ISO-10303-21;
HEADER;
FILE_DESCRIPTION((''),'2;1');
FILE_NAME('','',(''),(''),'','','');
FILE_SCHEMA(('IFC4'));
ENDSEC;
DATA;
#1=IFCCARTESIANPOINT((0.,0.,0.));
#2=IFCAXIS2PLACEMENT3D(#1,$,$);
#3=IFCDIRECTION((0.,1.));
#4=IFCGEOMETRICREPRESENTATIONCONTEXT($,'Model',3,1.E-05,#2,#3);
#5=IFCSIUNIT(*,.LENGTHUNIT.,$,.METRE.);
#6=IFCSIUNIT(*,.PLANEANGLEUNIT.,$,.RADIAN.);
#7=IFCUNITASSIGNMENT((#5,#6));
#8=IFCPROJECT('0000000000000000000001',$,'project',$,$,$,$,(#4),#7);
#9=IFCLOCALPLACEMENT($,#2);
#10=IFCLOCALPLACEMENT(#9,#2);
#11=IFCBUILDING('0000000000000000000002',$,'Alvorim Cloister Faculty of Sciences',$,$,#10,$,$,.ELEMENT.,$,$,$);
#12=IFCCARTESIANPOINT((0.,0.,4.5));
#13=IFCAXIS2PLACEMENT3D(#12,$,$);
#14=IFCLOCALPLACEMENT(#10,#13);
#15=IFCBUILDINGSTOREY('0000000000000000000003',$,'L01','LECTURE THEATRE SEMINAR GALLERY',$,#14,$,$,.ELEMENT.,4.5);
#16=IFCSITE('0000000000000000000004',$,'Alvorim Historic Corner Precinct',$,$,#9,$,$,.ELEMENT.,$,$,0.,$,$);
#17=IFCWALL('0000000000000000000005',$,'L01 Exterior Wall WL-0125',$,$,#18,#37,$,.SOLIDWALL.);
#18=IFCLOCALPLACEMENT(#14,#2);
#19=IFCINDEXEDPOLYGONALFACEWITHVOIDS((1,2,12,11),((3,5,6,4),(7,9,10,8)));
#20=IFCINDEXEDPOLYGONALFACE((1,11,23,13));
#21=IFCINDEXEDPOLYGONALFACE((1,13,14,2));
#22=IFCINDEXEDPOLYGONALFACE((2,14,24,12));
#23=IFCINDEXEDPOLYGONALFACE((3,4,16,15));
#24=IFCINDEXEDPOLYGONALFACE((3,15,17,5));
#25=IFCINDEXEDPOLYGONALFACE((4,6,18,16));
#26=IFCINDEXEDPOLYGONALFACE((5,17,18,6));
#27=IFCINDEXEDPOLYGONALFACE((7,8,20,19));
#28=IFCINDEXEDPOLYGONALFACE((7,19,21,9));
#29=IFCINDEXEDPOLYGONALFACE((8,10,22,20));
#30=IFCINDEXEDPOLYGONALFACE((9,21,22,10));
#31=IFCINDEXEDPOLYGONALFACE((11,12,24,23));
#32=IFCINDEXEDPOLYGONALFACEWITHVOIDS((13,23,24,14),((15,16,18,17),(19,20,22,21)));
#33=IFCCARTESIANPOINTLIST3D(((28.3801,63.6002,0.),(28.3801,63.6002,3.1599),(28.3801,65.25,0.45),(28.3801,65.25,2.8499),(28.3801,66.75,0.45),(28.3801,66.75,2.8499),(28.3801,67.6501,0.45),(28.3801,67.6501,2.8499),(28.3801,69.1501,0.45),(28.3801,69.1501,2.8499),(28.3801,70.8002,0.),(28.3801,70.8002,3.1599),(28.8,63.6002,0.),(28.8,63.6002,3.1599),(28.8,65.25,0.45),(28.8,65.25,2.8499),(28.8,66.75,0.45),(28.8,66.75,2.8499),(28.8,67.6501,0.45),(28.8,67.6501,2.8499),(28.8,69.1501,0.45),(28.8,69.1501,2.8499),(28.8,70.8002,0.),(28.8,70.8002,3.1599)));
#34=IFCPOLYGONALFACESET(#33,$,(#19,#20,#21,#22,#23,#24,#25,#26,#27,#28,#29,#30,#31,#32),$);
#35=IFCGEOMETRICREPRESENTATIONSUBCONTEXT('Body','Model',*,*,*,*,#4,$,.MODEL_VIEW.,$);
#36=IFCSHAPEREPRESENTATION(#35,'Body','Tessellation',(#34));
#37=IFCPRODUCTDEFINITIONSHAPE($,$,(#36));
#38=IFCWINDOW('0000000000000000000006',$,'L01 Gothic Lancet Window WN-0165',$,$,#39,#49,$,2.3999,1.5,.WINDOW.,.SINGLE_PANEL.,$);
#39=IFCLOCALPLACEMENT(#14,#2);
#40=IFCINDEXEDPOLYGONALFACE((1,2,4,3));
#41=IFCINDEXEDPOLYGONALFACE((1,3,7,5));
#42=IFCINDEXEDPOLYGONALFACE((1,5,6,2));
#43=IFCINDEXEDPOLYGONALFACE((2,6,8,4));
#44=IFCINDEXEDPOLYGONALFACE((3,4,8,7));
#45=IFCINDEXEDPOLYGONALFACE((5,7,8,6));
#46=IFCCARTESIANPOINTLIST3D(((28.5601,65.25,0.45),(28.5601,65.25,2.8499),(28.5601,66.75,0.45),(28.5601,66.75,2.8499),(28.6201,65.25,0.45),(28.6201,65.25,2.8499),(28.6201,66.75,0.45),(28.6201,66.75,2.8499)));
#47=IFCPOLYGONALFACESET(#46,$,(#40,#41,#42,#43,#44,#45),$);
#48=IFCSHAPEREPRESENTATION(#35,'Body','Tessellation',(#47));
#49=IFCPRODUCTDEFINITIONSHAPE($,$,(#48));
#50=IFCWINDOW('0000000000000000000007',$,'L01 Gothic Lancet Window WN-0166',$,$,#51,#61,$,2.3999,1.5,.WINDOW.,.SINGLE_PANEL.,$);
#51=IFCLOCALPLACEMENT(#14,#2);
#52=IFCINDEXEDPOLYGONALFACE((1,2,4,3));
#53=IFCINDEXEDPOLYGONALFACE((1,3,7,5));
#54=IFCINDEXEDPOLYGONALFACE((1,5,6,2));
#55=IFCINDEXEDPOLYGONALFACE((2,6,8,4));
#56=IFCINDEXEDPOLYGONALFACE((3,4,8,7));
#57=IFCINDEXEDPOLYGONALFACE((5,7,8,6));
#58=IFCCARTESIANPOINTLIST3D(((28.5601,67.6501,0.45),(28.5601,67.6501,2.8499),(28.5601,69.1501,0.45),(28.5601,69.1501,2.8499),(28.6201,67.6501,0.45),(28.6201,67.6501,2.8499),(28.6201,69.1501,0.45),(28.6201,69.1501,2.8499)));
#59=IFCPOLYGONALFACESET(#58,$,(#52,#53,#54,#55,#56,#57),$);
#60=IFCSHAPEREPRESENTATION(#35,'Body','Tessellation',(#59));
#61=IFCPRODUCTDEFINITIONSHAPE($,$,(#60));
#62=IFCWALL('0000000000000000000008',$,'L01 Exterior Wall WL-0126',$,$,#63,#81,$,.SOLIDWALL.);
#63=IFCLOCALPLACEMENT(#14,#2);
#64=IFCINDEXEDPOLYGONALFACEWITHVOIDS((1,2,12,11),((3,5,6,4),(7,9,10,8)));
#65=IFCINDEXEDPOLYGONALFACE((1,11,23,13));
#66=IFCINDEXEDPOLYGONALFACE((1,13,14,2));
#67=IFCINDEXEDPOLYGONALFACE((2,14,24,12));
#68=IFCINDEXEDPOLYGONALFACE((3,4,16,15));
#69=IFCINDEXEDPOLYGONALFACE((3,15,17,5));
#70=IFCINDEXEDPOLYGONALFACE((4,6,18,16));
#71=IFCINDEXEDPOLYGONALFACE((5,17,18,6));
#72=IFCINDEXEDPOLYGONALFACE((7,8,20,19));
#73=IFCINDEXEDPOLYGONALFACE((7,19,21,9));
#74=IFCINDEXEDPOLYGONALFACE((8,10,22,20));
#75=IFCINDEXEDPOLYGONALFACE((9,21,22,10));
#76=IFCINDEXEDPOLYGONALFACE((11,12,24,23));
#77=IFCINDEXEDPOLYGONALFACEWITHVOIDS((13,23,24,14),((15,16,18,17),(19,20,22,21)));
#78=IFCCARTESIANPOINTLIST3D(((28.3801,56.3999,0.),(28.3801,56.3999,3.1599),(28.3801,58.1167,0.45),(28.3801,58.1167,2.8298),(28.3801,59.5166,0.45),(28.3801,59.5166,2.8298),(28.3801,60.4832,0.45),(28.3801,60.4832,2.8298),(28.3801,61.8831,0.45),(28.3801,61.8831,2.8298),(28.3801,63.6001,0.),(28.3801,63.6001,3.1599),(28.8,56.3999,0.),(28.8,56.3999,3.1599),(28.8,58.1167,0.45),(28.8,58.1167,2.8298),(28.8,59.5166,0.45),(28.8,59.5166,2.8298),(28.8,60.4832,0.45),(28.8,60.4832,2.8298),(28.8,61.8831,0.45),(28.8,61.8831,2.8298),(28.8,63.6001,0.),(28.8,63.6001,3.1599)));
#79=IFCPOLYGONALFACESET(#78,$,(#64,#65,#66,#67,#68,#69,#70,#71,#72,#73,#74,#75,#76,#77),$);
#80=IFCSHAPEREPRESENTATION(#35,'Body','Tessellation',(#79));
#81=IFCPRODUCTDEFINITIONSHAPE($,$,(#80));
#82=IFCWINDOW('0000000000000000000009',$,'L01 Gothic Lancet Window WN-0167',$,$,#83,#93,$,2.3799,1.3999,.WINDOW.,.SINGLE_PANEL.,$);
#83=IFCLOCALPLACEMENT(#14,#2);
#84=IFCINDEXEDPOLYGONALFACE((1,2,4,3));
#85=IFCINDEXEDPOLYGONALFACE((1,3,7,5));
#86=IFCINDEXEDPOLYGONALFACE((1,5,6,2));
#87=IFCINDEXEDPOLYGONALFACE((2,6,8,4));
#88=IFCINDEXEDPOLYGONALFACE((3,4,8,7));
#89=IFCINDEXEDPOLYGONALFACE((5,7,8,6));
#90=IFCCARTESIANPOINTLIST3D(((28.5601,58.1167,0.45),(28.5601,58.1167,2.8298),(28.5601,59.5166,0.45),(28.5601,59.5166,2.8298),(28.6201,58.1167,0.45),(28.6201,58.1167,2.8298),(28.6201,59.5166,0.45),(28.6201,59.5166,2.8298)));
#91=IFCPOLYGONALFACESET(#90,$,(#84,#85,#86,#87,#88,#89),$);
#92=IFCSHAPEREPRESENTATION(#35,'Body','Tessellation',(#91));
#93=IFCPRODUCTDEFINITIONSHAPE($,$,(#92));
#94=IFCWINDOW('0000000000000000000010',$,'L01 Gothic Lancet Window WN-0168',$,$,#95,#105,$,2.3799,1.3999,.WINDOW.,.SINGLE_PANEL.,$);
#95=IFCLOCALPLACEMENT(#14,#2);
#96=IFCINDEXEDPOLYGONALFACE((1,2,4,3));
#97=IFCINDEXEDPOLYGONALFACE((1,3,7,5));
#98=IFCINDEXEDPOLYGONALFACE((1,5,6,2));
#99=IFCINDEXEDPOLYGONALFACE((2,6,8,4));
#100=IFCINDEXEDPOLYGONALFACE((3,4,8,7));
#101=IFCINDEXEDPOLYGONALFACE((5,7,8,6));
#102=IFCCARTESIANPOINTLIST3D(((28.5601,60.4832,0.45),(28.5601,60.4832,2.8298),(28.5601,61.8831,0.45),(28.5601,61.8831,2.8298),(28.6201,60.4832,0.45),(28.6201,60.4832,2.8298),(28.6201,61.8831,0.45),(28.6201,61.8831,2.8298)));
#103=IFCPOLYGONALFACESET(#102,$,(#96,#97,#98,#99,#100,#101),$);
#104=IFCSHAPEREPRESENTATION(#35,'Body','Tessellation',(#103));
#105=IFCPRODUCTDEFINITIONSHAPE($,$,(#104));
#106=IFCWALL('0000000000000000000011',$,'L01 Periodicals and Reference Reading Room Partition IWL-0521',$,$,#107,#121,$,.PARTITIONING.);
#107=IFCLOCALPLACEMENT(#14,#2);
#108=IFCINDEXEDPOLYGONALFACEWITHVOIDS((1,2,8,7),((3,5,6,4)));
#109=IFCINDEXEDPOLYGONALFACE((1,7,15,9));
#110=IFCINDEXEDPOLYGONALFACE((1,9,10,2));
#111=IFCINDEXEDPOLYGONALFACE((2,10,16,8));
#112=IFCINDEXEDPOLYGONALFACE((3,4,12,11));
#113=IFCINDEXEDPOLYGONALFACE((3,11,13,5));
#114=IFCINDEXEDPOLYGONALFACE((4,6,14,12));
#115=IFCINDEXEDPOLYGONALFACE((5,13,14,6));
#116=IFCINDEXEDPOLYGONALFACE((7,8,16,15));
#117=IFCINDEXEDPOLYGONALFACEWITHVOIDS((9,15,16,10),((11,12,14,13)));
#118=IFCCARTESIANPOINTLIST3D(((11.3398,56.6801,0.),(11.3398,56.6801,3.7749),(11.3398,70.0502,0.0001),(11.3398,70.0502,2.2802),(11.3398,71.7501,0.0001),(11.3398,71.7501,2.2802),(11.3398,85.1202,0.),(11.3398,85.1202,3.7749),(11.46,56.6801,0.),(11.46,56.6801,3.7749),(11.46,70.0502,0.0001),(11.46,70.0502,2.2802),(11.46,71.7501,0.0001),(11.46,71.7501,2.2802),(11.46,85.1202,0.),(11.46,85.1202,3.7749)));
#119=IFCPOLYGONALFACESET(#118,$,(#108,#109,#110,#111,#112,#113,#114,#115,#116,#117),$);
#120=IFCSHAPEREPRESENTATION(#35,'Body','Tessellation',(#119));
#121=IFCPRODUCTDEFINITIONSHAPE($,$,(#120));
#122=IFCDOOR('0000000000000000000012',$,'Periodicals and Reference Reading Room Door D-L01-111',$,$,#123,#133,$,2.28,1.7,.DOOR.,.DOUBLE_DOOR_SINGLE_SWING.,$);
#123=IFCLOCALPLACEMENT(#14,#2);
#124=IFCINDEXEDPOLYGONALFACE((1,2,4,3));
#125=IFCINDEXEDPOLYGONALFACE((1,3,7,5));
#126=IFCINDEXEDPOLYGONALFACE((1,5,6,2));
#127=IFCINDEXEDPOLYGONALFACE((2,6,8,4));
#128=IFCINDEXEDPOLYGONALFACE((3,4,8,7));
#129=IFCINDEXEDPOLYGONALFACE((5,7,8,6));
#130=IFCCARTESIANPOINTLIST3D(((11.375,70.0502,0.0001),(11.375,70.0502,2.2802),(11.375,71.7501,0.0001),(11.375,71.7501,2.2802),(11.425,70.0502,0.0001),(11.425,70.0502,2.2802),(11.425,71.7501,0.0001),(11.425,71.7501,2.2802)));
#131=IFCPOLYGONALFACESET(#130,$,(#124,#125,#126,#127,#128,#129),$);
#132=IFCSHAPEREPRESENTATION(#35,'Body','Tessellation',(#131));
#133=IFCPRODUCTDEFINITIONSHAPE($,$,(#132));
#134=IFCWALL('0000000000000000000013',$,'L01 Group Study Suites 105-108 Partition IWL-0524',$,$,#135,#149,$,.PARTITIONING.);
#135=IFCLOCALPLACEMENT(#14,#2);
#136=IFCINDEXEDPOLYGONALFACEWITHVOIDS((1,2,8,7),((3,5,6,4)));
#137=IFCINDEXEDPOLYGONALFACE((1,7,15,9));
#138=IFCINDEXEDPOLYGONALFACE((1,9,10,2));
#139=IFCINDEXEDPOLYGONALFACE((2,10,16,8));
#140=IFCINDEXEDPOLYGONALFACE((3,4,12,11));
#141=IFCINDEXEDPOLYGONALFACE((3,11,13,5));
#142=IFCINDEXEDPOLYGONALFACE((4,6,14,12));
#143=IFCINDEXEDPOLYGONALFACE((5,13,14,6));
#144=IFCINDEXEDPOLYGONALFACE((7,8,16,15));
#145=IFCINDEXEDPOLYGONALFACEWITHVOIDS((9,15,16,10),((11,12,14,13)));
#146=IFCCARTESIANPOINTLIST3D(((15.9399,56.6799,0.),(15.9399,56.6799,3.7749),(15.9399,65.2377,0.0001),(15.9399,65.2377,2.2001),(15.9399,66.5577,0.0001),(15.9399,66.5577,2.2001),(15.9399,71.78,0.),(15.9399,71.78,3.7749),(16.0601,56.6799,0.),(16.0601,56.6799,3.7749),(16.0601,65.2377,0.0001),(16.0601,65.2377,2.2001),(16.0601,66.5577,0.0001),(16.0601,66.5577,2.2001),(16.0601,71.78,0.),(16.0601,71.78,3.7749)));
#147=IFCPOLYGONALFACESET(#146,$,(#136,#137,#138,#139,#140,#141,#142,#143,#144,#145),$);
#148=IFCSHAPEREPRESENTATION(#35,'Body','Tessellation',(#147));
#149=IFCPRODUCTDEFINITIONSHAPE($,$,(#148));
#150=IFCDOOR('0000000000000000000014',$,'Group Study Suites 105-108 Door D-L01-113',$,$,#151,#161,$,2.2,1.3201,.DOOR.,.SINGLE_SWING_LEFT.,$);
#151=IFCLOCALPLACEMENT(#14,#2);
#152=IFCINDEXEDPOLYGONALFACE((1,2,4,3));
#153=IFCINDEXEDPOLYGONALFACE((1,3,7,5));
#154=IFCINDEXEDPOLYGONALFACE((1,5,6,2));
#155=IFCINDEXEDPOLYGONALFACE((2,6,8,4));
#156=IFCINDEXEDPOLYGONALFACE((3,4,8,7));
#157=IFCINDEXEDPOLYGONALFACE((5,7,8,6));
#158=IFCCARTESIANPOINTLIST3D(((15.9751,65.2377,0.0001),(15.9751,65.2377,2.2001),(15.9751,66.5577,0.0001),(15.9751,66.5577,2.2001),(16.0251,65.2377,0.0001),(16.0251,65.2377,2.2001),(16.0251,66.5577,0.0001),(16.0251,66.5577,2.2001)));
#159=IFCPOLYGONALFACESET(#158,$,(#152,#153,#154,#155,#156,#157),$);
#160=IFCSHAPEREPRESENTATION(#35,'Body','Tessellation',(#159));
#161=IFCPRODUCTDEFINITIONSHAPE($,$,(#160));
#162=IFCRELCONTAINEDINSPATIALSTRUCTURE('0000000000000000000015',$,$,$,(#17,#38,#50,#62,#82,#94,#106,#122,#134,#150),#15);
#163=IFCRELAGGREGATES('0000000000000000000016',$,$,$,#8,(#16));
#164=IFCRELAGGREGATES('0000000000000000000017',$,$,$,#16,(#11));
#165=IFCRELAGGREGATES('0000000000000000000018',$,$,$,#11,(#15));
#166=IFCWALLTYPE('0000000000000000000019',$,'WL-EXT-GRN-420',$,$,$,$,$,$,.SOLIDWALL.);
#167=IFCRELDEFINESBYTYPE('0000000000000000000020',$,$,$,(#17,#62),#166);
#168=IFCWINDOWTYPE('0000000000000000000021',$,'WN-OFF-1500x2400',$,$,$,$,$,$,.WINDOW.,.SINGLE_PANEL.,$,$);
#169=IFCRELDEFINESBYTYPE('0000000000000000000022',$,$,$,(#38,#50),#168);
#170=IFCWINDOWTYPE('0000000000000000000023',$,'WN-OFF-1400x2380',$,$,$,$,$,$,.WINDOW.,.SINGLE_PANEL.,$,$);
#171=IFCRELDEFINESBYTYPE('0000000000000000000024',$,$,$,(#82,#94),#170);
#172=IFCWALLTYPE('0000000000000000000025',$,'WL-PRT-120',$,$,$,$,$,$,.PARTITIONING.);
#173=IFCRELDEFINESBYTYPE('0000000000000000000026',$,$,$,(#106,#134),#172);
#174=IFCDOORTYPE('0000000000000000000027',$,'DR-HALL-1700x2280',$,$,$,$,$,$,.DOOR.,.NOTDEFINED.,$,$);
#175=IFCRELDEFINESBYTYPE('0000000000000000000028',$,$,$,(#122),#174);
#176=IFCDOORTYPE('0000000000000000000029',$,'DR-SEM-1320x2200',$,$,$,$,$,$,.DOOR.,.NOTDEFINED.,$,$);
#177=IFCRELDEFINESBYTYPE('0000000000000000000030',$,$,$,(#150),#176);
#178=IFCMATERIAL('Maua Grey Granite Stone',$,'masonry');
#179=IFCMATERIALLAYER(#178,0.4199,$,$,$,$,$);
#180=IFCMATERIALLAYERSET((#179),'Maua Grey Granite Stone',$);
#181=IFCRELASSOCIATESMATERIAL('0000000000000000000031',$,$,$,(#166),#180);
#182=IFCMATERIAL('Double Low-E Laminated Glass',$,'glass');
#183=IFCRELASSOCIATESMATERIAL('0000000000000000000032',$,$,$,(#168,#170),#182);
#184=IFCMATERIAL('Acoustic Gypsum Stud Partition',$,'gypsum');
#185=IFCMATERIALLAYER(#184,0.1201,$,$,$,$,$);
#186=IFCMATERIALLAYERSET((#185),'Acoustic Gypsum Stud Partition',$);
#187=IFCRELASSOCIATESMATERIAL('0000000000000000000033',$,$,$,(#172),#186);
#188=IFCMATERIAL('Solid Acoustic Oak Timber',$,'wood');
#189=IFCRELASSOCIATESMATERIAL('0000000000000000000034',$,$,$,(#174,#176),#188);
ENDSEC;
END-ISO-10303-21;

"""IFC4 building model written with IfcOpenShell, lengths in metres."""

from ifc_helpers import new_model, si_unit, direction, frame, frame_2d, origin, place, context, subcontext, project, spatial, rectangle, extrude, material, layer, layer_set, type_object, element, fill, save


model = new_model("IFC4")

# Units and contexts
model_context = context("Model", 3, precision=1e-05, world=origin(), true_north=direction((0.0, 1.0)))
body_context = subcontext(model_context, "Body", "Model", "MODEL_VIEW")
ifc_project = project(units=[si_unit("LENGTHUNIT", "METRE"), si_unit("PLANEANGLEUNIT", "RADIAN")], contexts=[model_context])

# Site, building, storey
site_placement = place(None, origin())
site = spatial("IfcSite", under=ifc_project, at=site_placement, Name="Alvorim Historic Corner Precinct", CompositionType="ELEMENT", RefElevation=0.0)
building_placement = place(site_placement, origin())
building = spatial("IfcBuilding", under=site, at=building_placement, Name="Alvorim Cloister Faculty of Sciences", CompositionType="ELEMENT")
storey_placement = place(building_placement, frame((0.0, 0.0, 4.5)))
storey = spatial("IfcBuildingStorey", under=building, at=storey_placement, Name="L01", Description="LECTURE THEATRE SEMINAR GALLERY", CompositionType="ELEMENT", Elevation=4.5)

# Walls, openings, windows
ifc_material_1 = material(Name="Maua Grey Granite Stone", Category="masonry")
ifc_layer_1 = layer(ifc_material_1, 0.4199)
ifc_layer_set_1 = layer_set([ifc_layer_1], Name="Maua Grey Granite Stone")
wall_type_1 = type_object("IfcWallType", Name="WL-EXT-GRN-420", PredefinedType="SOLIDWALL", material=ifc_layer_set_1)
wall_1_placement = place(storey_placement, frame((28.5901, 63.6001, 0.0), z_axis=(0.0, 0.0, 1.0), x_axis=(0.0, 1.0, 0.0)))
wall_1 = element("IfcWall", 1, at=wall_1_placement, inside=storey, type_object=wall_type_1, Name="L01 Exterior Wall WL-0125", PredefinedType="SOLIDWALL", context=body_context, shape_type="SweptSolid", body=[
    extrude(rectangle(XDim=7.2, YDim=0.4199, at=frame_2d((3.6001, 0.0))), origin(), (0.0, 0.0, 1.0), 3.1599),
])
opening_1_placement = place(wall_1_placement, frame((1.6499, 0.0, 0.45)))
opening_1 = element("IfcOpeningElement", 2, at=opening_1_placement, cuts=wall_1, PredefinedType="OPENING", context=body_context, shape_type="SweptSolid", body=[
    extrude(rectangle(XDim=1.5, YDim=2.3999, at=frame_2d((0.75, 1.2))), frame((0.0, 0.2219, 0.0), z_axis=(0.0, -1.0, 0.0), x_axis=(1.0, 0.0, 0.0)), (0.0, 0.0, 1.0), 0.4438),
])
opening_2_placement = place(wall_1_placement, frame((4.05, 0.0, 0.45)))
opening_2 = element("IfcOpeningElement", 3, at=opening_2_placement, cuts=wall_1, PredefinedType="OPENING", context=body_context, shape_type="SweptSolid", body=[
    extrude(rectangle(XDim=1.5, YDim=2.3999, at=frame_2d((0.75, 1.2))), frame((0.0, 0.2219, 0.0), z_axis=(0.0, -1.0, 0.0), x_axis=(1.0, 0.0, 0.0)), (0.0, 0.0, 1.0), 0.4438),
])
ifc_material_2 = material(Name="Double Low-E Laminated Glass", Category="glass")
window_type_1 = type_object("IfcWindowType", Name="WN-OFF-1500x2400", PartitioningType="SINGLE_PANEL", PredefinedType="WINDOW", material=ifc_material_2)
window_1_placement = place(opening_1_placement, origin())
window_1 = element("IfcWindow", 4, at=window_1_placement, inside=storey, type_object=window_type_1, Name="L01 Gothic Lancet Window WN-0165", OverallHeight=2.3999, OverallWidth=1.5, PartitioningType="SINGLE_PANEL", PredefinedType="WINDOW", context=body_context, shape_type="SweptSolid", body=[
    extrude(rectangle(XDim=1.5, YDim=2.3999, at=frame_2d((0.75, 1.2))), frame((0.0, 0.03, 0.0), z_axis=(0.0, -1.0, 0.0), x_axis=(1.0, 0.0, 0.0)), (0.0, 0.0, 1.0), 0.0601),
])
fill(opening_1, window_1)
window_2_placement = place(opening_2_placement, origin())
window_2 = element("IfcWindow", 5, at=window_2_placement, inside=storey, type_object=window_type_1, Name="L01 Gothic Lancet Window WN-0166", OverallHeight=2.3999, OverallWidth=1.5, PartitioningType="SINGLE_PANEL", PredefinedType="WINDOW", context=body_context, shape_type="SweptSolid", body=[
    extrude(rectangle(XDim=1.5, YDim=2.3999, at=frame_2d((0.75, 1.2))), frame((0.0, 0.03, 0.0), z_axis=(0.0, -1.0, 0.0), x_axis=(1.0, 0.0, 0.0)), (0.0, 0.0, 1.0), 0.0601),
])
fill(opening_2, window_2)
wall_2_placement = place(storey_placement, frame((28.5901, 56.3999, 0.0), z_axis=(0.0, 0.0, 1.0), x_axis=(0.0, 1.0, 0.0)))
wall_2 = element("IfcWall", 6, at=wall_2_placement, inside=storey, type_object=wall_type_1, Name="L01 Exterior Wall WL-0126", PredefinedType="SOLIDWALL", context=body_context, shape_type="SweptSolid", body=[
    extrude(rectangle(XDim=7.2002, YDim=0.4199, at=frame_2d((3.6001, 0.0))), origin(), (0.0, 0.0, 1.0), 3.1599),
])
opening_3_placement = place(wall_2_placement, frame((1.7168, 0.0, 0.45)))
opening_3 = element("IfcOpeningElement", 7, at=opening_3_placement, cuts=wall_2, PredefinedType="OPENING", context=body_context, shape_type="SweptSolid", body=[
    extrude(rectangle(XDim=1.3999, YDim=2.3799, at=frame_2d((0.7, 1.1899))), frame((0.0, 0.2219, 0.0), z_axis=(0.0, -1.0, 0.0), x_axis=(1.0, 0.0, 0.0)), (0.0, 0.0, 1.0), 0.4438),
])
opening_4_placement = place(wall_2_placement, frame((4.0833, 0.0, 0.45)))
opening_4 = element("IfcOpeningElement", 8, at=opening_4_placement, cuts=wall_2, PredefinedType="OPENING", context=body_context, shape_type="SweptSolid", body=[
    extrude(rectangle(XDim=1.3999, YDim=2.3799, at=frame_2d((0.7, 1.1899))), frame((0.0, 0.2219, 0.0), z_axis=(0.0, -1.0, 0.0), x_axis=(1.0, 0.0, 0.0)), (0.0, 0.0, 1.0), 0.4438),
])
window_type_2 = type_object("IfcWindowType", Name="WN-OFF-1400x2380", PartitioningType="SINGLE_PANEL", PredefinedType="WINDOW", material=ifc_material_2)
window_3_placement = place(opening_3_placement, origin())
window_3 = element("IfcWindow", 9, at=window_3_placement, inside=storey, type_object=window_type_2, Name="L01 Gothic Lancet Window WN-0167", OverallHeight=2.3799, OverallWidth=1.3999, PartitioningType="SINGLE_PANEL", PredefinedType="WINDOW", context=body_context, shape_type="SweptSolid", body=[
    extrude(rectangle(XDim=1.3999, YDim=2.3799, at=frame_2d((0.7, 1.1899))), frame((0.0, 0.03, 0.0), z_axis=(0.0, -1.0, 0.0), x_axis=(1.0, 0.0, 0.0)), (0.0, 0.0, 1.0), 0.0601),
])
fill(opening_3, window_3)
window_4_placement = place(opening_4_placement, origin())
window_4 = element("IfcWindow", 10, at=window_4_placement, inside=storey, type_object=window_type_2, Name="L01 Gothic Lancet Window WN-0168", OverallHeight=2.3799, OverallWidth=1.3999, PartitioningType="SINGLE_PANEL", PredefinedType="WINDOW", context=body_context, shape_type="SweptSolid", body=[
    extrude(rectangle(XDim=1.3999, YDim=2.3799, at=frame_2d((0.7, 1.1899))), frame((0.0, 0.03, 0.0), z_axis=(0.0, -1.0, 0.0), x_axis=(1.0, 0.0, 0.0)), (0.0, 0.0, 1.0), 0.0601),
])
fill(opening_4, window_4)

# Walls, openings, doors
ifc_material_3 = material(Name="Acoustic Gypsum Stud Partition", Category="gypsum")
ifc_layer_2 = layer(ifc_material_3, 0.1201)
ifc_layer_set_2 = layer_set([ifc_layer_2], Name="Acoustic Gypsum Stud Partition")
wall_type_2 = type_object("IfcWallType", Name="WL-PRT-120", PredefinedType="PARTITIONING", material=ifc_layer_set_2)
wall_3_placement = place(storey_placement, frame((11.3999, 56.6799, 0.0), z_axis=(0.0, 0.0, 1.0), x_axis=(0.0, 1.0, 0.0)))
wall_3 = element("IfcWall", 11, at=wall_3_placement, inside=storey, type_object=wall_type_2, Name="L01 Periodicals and Reference Reading Room Partition IWL-0521", PredefinedType="PARTITIONING", context=body_context, shape_type="SweptSolid", body=[
    extrude(rectangle(XDim=28.4402, YDim=0.1201, at=frame_2d((14.2202, 0.0))), origin(), (0.0, 0.0, 1.0), 3.7749),
])
opening_5_placement = place(wall_3_placement, frame((13.3701, 0.0, 0.0)))
opening_5 = element("IfcOpeningElement", 12, at=opening_5_placement, cuts=wall_3, PredefinedType="OPENING", context=body_context, shape_type="SweptSolid", body=[
    extrude(rectangle(XDim=1.7, YDim=2.28, at=frame_2d((0.8501, 1.1401))), frame((0.0, 0.072, 0.0), z_axis=(0.0, -1.0, 0.0), x_axis=(1.0, 0.0, 0.0)), (0.0, 0.0, 1.0), 0.144),
])
ifc_material_4 = material(Name="Solid Acoustic Oak Timber", Category="wood")
door_type_1 = type_object("IfcDoorType", Name="DR-HALL-1700x2280", OperationType="NOTDEFINED", PredefinedType="DOOR", material=ifc_material_4)
door_1_placement = place(opening_5_placement, origin())
door_1 = element("IfcDoor", 13, at=door_1_placement, inside=storey, type_object=door_type_1, Name="Periodicals and Reference Reading Room Door D-L01-111", OperationType="DOUBLE_DOOR_SINGLE_SWING", OverallHeight=2.28, OverallWidth=1.7, PredefinedType="DOOR", context=body_context, shape_type="SweptSolid", body=[
    extrude(rectangle(XDim=1.7, YDim=2.28, at=frame_2d((0.8501, 1.1401))), frame((0.0, 0.0249, 0.0), z_axis=(0.0, -1.0, 0.0), x_axis=(1.0, 0.0, 0.0)), (0.0, 0.0, 1.0), 0.05),
])
fill(opening_5, door_1)
wall_4_placement = place(storey_placement, frame((16.0, 56.6799, 0.0), z_axis=(0.0, 0.0, 1.0), x_axis=(0.0, 1.0, 0.0)))
wall_4 = element("IfcWall", 14, at=wall_4_placement, inside=storey, type_object=wall_type_2, Name="L01 Group Study Suites 105-108 Partition IWL-0524", PredefinedType="PARTITIONING", context=body_context, shape_type="SweptSolid", body=[
    extrude(rectangle(XDim=15.1001, YDim=0.1201, at=frame_2d((7.55, 0.0))), origin(), (0.0, 0.0, 1.0), 3.7749),
])
opening_6_placement = place(wall_4_placement, frame((8.5576, 0.0, 0.0)))
opening_6 = element("IfcOpeningElement", 15, at=opening_6_placement, cuts=wall_4, PredefinedType="OPENING", context=body_context, shape_type="SweptSolid", body=[
    extrude(rectangle(XDim=1.3201, YDim=2.2, at=frame_2d((0.6602, 1.1001))), frame((0.0, 0.072, 0.0), z_axis=(0.0, -1.0, 0.0), x_axis=(1.0, 0.0, 0.0)), (0.0, 0.0, 1.0), 0.144),
])
door_type_2 = type_object("IfcDoorType", Name="DR-SEM-1320x2200", OperationType="NOTDEFINED", PredefinedType="DOOR", material=ifc_material_4)
door_2_placement = place(opening_6_placement, origin())
door_2 = element("IfcDoor", 16, at=door_2_placement, inside=storey, type_object=door_type_2, Name="Group Study Suites 105-108 Door D-L01-113", OperationType="SINGLE_SWING_LEFT", OverallHeight=2.2, OverallWidth=1.3201, PredefinedType="DOOR", context=body_context, shape_type="SweptSolid", body=[
    extrude(rectangle(XDim=1.3201, YDim=2.2, at=frame_2d((0.6602, 1.1001))), frame((0.0, 0.0249, 0.0), z_axis=(0.0, -1.0, 0.0), x_axis=(1.0, 0.0, 0.0)), (0.0, 0.0, 1.0), 0.05),
])
fill(opening_6, door_2)

save(model, "model.ifc")
